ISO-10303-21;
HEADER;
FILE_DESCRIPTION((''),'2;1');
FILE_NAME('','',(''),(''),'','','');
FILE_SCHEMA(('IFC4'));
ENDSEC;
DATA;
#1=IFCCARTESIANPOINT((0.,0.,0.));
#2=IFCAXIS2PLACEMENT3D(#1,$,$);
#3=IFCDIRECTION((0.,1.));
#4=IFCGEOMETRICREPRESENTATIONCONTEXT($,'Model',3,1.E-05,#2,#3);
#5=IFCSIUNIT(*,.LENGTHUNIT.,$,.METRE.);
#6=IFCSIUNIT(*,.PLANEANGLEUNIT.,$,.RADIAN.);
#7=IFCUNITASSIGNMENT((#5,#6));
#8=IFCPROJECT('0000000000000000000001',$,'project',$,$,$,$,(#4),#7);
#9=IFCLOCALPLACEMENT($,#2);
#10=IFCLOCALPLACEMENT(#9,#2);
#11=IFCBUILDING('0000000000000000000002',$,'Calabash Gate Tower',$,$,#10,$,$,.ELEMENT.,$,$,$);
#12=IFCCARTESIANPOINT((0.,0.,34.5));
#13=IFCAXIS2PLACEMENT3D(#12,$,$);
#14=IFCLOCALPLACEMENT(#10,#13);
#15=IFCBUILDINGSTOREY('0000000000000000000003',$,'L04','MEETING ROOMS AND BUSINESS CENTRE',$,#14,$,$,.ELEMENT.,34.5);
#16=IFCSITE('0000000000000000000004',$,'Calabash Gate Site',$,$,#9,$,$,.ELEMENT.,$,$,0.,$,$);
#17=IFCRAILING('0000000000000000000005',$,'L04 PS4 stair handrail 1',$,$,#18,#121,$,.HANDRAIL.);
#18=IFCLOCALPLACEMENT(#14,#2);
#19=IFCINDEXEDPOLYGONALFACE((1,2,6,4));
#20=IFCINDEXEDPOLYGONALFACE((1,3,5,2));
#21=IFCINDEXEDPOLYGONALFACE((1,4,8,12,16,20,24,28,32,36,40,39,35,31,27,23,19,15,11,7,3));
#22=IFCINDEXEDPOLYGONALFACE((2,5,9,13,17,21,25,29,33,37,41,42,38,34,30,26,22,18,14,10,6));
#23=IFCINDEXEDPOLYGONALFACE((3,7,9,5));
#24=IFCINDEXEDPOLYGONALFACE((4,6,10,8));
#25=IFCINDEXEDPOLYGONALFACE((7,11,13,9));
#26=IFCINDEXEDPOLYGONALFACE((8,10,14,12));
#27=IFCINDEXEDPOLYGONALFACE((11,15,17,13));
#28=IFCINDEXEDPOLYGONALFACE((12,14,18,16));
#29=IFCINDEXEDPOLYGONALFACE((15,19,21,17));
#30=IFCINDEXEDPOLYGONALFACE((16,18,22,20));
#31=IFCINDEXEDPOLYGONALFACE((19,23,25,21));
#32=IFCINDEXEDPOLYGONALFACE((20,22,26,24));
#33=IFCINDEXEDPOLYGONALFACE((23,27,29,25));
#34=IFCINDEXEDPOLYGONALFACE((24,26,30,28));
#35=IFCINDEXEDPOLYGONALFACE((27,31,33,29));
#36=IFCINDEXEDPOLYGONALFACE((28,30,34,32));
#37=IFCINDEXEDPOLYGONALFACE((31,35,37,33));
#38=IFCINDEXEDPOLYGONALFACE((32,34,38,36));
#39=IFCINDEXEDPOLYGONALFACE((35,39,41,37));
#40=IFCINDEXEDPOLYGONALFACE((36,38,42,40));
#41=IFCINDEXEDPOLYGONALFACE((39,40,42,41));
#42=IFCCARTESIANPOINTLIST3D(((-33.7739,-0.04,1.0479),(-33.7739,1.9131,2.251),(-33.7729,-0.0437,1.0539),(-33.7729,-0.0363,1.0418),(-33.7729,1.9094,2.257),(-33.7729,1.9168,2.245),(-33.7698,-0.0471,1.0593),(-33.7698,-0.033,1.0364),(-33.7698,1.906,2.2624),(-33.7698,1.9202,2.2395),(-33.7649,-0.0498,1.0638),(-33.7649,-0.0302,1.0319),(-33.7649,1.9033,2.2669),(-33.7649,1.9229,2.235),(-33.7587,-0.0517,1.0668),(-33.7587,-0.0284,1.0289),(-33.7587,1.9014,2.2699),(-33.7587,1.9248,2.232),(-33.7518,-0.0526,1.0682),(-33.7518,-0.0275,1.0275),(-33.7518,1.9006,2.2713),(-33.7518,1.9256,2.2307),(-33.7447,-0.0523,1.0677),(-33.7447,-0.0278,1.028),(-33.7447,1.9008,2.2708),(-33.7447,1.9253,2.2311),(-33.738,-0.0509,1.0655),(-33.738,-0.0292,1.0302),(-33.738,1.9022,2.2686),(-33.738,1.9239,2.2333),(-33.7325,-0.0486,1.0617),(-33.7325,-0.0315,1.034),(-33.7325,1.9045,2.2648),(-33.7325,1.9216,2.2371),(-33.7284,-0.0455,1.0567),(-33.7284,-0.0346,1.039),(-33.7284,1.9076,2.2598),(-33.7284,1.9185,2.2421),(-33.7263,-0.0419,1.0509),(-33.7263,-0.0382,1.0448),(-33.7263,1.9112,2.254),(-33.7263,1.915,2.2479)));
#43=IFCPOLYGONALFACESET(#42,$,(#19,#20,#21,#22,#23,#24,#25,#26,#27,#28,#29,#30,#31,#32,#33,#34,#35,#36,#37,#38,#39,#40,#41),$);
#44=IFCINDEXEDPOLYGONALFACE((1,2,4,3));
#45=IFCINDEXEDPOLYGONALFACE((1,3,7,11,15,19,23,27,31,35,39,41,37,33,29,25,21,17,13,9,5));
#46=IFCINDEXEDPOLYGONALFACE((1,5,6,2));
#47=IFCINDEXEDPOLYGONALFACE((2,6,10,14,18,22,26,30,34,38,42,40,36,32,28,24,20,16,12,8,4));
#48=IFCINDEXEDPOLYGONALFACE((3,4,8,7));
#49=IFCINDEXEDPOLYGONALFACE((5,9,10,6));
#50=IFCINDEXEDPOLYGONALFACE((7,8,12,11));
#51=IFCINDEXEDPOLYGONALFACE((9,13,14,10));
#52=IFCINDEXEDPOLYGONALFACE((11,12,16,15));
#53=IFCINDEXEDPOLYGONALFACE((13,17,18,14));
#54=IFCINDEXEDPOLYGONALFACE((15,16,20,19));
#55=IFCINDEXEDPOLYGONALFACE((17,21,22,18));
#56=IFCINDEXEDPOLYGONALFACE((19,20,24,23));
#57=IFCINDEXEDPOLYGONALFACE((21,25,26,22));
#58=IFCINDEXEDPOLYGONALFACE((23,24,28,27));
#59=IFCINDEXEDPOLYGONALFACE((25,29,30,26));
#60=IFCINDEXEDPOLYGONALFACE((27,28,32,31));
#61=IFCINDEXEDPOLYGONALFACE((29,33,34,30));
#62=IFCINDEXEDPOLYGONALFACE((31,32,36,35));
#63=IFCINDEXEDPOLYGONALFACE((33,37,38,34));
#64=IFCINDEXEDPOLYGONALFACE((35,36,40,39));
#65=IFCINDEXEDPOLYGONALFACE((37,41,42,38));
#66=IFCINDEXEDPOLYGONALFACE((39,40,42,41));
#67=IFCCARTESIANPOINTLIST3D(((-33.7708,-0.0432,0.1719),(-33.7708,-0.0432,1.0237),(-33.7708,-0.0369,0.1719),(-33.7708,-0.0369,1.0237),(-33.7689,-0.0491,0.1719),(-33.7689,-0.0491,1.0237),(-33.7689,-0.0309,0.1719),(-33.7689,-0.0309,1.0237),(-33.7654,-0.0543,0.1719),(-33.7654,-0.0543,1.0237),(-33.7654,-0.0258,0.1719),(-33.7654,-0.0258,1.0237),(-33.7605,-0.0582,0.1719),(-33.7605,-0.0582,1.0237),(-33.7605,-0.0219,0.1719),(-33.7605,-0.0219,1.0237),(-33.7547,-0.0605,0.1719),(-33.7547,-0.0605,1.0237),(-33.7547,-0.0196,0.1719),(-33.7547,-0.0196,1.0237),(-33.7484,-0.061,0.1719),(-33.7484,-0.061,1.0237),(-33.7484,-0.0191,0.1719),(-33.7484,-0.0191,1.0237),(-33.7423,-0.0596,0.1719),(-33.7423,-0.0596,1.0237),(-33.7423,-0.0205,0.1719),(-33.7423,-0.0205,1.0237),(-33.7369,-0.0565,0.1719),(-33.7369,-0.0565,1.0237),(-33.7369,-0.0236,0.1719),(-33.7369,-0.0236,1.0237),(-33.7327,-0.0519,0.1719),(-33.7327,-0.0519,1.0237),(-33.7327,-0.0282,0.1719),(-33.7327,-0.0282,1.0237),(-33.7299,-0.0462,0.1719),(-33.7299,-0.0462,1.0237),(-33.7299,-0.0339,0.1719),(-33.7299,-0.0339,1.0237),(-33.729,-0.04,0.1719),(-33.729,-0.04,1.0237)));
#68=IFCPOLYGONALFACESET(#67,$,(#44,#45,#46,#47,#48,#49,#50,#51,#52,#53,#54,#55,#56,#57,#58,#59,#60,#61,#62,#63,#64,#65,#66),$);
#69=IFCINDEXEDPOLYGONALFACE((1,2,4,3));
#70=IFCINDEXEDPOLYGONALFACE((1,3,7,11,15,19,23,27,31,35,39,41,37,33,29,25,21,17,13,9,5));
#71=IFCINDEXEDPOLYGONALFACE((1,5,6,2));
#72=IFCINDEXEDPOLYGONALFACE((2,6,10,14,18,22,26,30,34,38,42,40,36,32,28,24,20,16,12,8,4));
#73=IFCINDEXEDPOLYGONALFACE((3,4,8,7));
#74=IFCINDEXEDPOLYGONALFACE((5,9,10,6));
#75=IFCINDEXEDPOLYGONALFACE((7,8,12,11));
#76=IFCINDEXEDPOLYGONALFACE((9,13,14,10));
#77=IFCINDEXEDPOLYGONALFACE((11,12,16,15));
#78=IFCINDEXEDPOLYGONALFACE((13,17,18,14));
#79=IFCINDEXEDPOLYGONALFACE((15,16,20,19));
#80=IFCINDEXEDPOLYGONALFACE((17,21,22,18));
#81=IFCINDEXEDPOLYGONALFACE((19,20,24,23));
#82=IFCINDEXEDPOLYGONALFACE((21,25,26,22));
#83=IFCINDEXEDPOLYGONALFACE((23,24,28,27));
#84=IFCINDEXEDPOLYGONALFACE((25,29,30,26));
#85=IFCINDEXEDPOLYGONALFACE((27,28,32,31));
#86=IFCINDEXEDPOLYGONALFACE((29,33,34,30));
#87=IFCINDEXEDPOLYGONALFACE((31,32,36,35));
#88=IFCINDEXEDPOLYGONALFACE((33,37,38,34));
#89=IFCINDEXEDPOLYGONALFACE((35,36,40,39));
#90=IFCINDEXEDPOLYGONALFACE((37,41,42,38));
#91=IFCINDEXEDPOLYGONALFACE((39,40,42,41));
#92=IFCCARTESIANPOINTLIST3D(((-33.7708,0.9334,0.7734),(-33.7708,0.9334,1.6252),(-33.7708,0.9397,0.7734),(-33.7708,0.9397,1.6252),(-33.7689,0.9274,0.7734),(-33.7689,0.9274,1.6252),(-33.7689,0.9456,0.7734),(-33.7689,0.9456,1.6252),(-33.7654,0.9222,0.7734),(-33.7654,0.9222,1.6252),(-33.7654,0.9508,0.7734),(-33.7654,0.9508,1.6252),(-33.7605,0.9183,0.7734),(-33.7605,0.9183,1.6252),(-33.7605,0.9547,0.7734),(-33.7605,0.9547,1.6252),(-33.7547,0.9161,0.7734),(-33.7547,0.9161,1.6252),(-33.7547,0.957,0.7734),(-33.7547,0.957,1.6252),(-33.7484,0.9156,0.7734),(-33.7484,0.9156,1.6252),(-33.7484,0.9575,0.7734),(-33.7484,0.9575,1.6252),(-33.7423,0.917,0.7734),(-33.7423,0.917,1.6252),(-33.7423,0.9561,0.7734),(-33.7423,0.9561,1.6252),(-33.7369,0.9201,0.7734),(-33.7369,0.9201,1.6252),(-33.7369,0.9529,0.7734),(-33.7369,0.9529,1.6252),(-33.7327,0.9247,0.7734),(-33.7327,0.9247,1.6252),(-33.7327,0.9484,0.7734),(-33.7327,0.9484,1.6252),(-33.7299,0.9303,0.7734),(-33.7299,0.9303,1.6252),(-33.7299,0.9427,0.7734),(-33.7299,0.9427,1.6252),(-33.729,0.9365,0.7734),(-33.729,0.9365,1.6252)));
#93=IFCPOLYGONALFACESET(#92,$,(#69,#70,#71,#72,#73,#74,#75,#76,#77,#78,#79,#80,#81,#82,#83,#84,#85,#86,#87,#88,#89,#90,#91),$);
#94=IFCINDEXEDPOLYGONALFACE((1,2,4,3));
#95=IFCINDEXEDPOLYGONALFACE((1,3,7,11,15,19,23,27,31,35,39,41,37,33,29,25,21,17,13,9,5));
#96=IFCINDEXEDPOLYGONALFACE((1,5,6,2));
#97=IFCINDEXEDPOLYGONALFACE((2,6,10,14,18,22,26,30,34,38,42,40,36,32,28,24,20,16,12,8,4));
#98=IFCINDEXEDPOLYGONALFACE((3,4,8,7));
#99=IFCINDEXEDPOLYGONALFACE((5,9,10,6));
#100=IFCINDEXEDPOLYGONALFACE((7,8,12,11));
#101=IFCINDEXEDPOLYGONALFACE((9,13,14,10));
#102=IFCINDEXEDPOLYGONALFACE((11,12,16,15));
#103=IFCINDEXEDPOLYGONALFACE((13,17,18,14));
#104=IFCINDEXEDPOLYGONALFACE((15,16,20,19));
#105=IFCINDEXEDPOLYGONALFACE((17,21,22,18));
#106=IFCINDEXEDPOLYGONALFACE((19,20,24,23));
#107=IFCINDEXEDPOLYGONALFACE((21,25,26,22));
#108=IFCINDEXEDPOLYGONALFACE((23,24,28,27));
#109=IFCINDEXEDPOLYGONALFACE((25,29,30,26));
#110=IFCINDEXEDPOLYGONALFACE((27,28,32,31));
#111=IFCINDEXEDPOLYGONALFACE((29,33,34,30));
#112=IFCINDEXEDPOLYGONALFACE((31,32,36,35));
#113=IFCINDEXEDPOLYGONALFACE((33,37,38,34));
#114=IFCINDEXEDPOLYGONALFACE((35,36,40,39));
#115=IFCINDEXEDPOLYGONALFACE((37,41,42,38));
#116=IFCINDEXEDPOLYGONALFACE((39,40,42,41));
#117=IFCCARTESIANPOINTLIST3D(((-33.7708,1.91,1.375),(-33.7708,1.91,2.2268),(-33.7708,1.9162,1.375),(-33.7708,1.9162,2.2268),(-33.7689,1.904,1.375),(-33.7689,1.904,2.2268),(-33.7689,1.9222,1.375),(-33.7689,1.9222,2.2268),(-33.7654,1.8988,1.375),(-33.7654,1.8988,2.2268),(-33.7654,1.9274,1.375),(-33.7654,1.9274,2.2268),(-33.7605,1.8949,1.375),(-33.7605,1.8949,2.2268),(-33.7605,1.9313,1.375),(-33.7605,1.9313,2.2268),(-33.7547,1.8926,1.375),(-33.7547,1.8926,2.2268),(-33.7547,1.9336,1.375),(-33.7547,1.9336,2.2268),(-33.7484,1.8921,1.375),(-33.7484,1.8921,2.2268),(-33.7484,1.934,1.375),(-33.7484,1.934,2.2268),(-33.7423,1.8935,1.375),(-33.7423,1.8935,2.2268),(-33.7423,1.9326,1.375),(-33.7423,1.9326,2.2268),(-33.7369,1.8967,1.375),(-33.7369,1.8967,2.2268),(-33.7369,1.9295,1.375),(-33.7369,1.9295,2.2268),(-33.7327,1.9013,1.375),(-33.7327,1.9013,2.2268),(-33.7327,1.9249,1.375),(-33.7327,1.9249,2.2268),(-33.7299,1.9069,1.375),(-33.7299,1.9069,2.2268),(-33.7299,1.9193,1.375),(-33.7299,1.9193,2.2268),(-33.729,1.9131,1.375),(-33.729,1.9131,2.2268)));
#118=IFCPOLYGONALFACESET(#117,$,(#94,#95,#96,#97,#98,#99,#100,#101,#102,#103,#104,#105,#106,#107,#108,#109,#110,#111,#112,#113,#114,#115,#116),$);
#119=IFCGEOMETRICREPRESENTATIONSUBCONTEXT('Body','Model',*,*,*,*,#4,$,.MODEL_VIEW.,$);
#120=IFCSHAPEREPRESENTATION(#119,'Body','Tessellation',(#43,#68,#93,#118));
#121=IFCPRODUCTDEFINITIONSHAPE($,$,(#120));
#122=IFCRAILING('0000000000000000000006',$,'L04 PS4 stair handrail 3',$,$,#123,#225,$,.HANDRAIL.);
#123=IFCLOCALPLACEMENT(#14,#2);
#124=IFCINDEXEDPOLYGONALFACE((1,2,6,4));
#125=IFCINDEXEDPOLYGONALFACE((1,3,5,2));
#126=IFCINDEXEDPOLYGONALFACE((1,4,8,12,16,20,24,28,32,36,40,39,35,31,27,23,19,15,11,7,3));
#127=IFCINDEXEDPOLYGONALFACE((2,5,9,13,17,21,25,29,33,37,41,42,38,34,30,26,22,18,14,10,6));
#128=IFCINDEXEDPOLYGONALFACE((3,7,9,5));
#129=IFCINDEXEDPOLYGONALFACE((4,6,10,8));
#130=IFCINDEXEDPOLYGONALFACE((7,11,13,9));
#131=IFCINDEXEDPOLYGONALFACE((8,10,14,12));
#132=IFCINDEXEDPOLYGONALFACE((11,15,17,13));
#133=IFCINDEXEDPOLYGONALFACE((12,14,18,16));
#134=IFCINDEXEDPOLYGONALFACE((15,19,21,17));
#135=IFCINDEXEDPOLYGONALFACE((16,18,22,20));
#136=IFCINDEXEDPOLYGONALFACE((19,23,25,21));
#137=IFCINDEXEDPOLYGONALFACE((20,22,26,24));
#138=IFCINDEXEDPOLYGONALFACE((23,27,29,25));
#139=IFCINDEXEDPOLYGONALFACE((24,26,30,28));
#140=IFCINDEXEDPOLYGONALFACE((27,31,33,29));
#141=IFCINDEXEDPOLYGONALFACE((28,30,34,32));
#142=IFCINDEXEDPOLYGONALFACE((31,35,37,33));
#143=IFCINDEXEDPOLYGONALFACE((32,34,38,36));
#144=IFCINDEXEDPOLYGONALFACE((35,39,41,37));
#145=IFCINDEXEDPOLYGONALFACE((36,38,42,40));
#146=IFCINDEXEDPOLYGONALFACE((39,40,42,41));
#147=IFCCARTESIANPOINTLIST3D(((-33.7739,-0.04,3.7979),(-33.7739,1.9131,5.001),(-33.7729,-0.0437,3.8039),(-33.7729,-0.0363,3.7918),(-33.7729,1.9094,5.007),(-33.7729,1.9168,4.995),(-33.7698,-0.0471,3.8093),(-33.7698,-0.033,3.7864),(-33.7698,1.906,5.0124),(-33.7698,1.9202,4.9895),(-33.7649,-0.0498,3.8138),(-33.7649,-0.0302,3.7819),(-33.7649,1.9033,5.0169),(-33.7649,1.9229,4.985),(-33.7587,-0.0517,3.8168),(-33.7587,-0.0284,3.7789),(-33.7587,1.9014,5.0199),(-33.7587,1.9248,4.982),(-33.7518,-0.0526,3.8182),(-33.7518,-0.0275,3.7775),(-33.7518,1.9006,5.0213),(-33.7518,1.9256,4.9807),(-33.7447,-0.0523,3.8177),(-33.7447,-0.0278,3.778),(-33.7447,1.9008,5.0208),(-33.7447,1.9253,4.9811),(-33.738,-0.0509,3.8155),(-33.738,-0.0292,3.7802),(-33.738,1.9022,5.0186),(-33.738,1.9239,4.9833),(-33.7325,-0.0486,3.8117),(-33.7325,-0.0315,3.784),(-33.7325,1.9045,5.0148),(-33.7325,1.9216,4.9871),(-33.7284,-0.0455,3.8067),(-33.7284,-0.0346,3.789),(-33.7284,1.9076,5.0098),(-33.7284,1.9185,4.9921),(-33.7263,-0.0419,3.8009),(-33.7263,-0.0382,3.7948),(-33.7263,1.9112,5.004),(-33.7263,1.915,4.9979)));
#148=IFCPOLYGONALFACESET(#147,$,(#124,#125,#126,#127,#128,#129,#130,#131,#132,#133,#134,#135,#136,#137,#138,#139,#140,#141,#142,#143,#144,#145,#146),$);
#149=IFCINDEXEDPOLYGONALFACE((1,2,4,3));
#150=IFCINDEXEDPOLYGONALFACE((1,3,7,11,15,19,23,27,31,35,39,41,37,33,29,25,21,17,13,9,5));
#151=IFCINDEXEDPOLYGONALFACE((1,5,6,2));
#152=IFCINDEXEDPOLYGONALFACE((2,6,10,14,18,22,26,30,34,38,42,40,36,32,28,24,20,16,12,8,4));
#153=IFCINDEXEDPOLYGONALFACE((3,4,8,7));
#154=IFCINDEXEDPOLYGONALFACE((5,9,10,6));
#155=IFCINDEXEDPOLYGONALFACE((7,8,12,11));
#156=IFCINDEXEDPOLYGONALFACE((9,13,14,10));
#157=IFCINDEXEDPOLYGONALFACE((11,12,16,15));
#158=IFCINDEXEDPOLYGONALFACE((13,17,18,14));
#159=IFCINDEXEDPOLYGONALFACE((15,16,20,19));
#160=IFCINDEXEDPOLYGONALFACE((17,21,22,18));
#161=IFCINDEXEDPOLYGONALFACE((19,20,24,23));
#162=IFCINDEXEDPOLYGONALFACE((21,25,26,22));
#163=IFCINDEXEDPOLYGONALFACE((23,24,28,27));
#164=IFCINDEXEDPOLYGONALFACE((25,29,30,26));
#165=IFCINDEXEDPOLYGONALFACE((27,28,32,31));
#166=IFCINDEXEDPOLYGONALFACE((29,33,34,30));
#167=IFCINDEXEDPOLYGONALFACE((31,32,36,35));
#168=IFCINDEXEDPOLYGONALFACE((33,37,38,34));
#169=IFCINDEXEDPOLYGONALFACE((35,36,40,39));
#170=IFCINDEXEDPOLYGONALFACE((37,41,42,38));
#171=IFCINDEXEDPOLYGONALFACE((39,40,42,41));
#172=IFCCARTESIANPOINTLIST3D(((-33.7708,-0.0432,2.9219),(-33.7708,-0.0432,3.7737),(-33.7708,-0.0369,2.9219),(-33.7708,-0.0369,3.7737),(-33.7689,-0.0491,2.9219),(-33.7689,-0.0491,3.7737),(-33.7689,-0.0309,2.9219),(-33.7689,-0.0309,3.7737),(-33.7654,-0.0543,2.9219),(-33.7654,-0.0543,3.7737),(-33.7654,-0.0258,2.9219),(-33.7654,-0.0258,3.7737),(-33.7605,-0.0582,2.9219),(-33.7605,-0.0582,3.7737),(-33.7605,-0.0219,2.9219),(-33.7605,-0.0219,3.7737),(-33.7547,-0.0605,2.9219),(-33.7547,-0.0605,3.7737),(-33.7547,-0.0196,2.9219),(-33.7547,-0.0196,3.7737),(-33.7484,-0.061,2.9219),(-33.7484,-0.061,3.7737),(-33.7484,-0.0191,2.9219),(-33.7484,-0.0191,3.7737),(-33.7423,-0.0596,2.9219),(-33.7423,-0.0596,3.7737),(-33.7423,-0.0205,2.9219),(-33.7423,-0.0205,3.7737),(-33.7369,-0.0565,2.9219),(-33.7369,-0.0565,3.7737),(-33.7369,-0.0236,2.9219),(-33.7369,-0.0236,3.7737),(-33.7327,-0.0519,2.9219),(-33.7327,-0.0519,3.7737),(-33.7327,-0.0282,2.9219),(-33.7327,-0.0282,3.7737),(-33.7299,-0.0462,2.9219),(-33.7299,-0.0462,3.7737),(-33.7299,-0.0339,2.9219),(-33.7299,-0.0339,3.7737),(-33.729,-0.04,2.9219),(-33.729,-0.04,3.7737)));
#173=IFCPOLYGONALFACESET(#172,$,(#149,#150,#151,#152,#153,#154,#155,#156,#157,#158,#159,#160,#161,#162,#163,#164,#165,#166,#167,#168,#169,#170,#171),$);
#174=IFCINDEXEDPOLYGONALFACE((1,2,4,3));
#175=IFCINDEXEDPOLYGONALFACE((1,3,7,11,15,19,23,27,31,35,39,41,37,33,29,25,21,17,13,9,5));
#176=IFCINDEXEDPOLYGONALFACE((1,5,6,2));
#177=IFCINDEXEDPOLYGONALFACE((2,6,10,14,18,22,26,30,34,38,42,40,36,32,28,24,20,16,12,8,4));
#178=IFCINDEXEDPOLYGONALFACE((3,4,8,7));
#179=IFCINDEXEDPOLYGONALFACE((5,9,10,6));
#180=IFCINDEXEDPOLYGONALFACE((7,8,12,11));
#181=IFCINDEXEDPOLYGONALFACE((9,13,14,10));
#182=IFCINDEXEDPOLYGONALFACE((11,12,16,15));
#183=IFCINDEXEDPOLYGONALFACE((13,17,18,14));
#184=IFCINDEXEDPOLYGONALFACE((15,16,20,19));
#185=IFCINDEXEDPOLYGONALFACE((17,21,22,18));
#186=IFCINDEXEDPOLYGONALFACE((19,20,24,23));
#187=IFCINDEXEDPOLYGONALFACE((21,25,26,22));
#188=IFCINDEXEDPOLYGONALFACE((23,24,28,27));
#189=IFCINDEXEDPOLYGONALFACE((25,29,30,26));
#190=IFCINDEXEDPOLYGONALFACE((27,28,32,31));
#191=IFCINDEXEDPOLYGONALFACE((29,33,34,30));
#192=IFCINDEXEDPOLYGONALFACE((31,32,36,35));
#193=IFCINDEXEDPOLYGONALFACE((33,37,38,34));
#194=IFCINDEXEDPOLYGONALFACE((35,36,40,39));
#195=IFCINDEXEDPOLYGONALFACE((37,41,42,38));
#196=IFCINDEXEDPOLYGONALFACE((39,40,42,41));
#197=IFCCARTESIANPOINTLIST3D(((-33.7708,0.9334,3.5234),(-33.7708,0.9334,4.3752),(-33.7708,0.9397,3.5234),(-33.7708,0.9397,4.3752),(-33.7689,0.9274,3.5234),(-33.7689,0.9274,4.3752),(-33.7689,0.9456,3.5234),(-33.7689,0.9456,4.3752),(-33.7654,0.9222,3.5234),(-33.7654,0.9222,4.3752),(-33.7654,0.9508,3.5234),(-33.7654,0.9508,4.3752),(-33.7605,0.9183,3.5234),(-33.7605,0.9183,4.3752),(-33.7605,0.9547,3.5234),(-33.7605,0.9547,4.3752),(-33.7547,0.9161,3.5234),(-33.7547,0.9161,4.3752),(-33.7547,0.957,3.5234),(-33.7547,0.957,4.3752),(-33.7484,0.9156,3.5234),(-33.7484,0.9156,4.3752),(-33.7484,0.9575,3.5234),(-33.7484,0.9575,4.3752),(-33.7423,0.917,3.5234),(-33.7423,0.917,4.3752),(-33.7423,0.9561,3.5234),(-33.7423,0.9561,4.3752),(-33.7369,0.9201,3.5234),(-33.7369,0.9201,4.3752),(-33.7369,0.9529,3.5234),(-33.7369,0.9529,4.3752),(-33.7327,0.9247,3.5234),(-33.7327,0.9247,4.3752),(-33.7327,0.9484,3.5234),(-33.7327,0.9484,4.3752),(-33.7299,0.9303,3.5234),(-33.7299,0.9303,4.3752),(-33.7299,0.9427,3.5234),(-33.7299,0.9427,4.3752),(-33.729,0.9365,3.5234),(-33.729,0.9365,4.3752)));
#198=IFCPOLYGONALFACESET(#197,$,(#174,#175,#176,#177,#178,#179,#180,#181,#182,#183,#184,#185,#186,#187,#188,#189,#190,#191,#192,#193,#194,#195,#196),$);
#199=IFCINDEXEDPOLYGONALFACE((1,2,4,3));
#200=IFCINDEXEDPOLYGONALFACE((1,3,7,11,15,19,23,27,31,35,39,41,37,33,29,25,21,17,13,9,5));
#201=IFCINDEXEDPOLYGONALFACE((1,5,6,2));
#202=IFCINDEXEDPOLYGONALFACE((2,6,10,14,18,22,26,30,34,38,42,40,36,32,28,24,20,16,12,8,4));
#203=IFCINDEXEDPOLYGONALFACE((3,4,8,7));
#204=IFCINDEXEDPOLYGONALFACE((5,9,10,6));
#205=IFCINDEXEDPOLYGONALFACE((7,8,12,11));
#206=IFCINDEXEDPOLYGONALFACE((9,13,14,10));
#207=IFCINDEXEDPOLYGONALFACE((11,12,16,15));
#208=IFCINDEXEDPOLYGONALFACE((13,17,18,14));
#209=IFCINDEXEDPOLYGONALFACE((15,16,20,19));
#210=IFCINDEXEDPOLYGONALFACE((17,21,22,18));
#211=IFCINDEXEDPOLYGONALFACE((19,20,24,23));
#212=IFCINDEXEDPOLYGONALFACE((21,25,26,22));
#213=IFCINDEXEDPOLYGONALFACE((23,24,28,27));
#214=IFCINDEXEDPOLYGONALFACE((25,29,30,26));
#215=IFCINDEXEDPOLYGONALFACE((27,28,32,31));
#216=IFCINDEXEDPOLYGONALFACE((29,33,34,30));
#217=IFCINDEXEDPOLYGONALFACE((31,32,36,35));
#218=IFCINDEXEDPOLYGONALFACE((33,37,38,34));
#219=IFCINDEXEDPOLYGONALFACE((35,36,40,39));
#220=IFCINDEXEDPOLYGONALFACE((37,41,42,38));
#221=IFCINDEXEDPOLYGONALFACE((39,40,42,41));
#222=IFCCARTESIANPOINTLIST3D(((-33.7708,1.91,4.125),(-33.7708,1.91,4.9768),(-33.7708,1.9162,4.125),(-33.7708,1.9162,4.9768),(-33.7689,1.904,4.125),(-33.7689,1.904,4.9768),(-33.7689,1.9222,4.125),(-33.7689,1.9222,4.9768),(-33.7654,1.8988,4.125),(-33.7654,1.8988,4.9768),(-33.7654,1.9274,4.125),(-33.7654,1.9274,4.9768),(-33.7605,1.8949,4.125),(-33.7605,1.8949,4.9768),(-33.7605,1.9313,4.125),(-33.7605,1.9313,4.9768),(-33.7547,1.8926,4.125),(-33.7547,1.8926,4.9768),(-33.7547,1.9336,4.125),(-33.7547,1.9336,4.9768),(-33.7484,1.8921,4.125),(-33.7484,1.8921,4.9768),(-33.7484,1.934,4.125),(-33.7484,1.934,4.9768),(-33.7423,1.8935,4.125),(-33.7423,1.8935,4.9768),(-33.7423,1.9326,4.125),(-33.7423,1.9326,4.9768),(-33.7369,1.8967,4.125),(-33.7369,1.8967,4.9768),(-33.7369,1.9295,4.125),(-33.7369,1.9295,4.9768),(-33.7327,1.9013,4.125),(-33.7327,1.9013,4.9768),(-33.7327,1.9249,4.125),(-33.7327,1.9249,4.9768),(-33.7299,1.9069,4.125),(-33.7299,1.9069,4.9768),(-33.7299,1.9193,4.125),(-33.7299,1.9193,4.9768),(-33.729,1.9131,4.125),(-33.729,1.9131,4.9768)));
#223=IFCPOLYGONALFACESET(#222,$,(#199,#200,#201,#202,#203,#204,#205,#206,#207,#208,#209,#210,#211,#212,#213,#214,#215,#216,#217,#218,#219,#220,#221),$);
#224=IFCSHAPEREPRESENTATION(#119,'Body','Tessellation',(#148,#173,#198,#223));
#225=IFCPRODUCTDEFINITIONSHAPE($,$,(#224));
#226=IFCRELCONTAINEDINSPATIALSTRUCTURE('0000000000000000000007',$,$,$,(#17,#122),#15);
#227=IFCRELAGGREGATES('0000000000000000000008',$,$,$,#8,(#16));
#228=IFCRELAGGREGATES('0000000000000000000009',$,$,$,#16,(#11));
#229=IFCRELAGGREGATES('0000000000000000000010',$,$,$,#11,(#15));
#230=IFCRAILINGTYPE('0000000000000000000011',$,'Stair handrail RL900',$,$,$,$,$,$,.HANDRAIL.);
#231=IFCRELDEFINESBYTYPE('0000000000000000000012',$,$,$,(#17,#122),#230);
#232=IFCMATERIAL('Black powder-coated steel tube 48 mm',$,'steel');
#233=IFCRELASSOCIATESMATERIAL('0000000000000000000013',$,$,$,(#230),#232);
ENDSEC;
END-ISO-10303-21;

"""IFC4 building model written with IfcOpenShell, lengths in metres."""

from ifc_helpers import new_model, si_unit, direction, frame, origin, origin_2d, place, context, subcontext, project, spatial, circle, extrude, material, type_object, element, save


model = new_model("IFC4")

# Units and contexts
model_context = context("Model", 3, precision=1e-05, world=origin(), true_north=direction((0.0, 1.0)))
body_context = subcontext(model_context, "Body", "Model", "MODEL_VIEW")
ifc_project = project(units=[si_unit("LENGTHUNIT", "METRE"), si_unit("PLANEANGLEUNIT", "RADIAN")], contexts=[model_context])

# Site, building, storey
site_placement = place(None, origin())
site = spatial("IfcSite", under=ifc_project, at=site_placement, Name="Calabash Gate Site", CompositionType="ELEMENT", RefElevation=0.0)
building_placement = place(site_placement, origin())
building = spatial("IfcBuilding", under=site, at=building_placement, Name="Calabash Gate Tower", CompositionType="ELEMENT")
storey_placement = place(building_placement, frame((0.0, 0.0, 34.5)))
storey = spatial("IfcBuildingStorey", under=building, at=storey_placement, Name="L04", Description="MEETING ROOMS AND BUSINESS CENTRE", CompositionType="ELEMENT", Elevation=34.5)

# Railings
ifc_material_1 = material(Name="Black powder-coated steel tube 48 mm", Category="steel")
railing_type_1 = type_object("IfcRailingType", Name="Stair handrail RL900", PredefinedType="HANDRAIL", material=ifc_material_1)
for number, where, name in (
    (1, (-33.75, -0.04, 0.1719), "L04 PS4 stair handrail 1"),
    (2, (-33.75, -0.04, 2.9219), "L04 PS4 stair handrail 3"),
):
    element("IfcRailing", number, at=place(storey_placement, frame(where)), inside=storey, type_object=railing_type_1, Name=name, PredefinedType="HANDRAIL", context=body_context, shape_type="SweptSolid", body=[
        extrude(circle(Radius=0.0239, at=origin_2d()), frame((0.0, 0.0, 0.876), z_axis=(0.0, 0.851424, 0.524477), x_axis=(-1.0, 0.0, 0.0)), (0.0, 0.0, 1.0), 2.2939),
        extrude(circle(Radius=0.021, at=origin_2d()), origin(), (0.0, 0.0, 1.0), 0.8518),
        extrude(circle(Radius=0.021, at=origin_2d()), frame((0.0, 0.9766, 0.6016)), (0.0, 0.0, 1.0), 0.8518),
        extrude(circle(Radius=0.021, at=origin_2d()), frame((0.0, 1.9531, 1.2031)), (0.0, 0.0, 1.0), 0.8518),
    ])

save(model, "model.ifc")
